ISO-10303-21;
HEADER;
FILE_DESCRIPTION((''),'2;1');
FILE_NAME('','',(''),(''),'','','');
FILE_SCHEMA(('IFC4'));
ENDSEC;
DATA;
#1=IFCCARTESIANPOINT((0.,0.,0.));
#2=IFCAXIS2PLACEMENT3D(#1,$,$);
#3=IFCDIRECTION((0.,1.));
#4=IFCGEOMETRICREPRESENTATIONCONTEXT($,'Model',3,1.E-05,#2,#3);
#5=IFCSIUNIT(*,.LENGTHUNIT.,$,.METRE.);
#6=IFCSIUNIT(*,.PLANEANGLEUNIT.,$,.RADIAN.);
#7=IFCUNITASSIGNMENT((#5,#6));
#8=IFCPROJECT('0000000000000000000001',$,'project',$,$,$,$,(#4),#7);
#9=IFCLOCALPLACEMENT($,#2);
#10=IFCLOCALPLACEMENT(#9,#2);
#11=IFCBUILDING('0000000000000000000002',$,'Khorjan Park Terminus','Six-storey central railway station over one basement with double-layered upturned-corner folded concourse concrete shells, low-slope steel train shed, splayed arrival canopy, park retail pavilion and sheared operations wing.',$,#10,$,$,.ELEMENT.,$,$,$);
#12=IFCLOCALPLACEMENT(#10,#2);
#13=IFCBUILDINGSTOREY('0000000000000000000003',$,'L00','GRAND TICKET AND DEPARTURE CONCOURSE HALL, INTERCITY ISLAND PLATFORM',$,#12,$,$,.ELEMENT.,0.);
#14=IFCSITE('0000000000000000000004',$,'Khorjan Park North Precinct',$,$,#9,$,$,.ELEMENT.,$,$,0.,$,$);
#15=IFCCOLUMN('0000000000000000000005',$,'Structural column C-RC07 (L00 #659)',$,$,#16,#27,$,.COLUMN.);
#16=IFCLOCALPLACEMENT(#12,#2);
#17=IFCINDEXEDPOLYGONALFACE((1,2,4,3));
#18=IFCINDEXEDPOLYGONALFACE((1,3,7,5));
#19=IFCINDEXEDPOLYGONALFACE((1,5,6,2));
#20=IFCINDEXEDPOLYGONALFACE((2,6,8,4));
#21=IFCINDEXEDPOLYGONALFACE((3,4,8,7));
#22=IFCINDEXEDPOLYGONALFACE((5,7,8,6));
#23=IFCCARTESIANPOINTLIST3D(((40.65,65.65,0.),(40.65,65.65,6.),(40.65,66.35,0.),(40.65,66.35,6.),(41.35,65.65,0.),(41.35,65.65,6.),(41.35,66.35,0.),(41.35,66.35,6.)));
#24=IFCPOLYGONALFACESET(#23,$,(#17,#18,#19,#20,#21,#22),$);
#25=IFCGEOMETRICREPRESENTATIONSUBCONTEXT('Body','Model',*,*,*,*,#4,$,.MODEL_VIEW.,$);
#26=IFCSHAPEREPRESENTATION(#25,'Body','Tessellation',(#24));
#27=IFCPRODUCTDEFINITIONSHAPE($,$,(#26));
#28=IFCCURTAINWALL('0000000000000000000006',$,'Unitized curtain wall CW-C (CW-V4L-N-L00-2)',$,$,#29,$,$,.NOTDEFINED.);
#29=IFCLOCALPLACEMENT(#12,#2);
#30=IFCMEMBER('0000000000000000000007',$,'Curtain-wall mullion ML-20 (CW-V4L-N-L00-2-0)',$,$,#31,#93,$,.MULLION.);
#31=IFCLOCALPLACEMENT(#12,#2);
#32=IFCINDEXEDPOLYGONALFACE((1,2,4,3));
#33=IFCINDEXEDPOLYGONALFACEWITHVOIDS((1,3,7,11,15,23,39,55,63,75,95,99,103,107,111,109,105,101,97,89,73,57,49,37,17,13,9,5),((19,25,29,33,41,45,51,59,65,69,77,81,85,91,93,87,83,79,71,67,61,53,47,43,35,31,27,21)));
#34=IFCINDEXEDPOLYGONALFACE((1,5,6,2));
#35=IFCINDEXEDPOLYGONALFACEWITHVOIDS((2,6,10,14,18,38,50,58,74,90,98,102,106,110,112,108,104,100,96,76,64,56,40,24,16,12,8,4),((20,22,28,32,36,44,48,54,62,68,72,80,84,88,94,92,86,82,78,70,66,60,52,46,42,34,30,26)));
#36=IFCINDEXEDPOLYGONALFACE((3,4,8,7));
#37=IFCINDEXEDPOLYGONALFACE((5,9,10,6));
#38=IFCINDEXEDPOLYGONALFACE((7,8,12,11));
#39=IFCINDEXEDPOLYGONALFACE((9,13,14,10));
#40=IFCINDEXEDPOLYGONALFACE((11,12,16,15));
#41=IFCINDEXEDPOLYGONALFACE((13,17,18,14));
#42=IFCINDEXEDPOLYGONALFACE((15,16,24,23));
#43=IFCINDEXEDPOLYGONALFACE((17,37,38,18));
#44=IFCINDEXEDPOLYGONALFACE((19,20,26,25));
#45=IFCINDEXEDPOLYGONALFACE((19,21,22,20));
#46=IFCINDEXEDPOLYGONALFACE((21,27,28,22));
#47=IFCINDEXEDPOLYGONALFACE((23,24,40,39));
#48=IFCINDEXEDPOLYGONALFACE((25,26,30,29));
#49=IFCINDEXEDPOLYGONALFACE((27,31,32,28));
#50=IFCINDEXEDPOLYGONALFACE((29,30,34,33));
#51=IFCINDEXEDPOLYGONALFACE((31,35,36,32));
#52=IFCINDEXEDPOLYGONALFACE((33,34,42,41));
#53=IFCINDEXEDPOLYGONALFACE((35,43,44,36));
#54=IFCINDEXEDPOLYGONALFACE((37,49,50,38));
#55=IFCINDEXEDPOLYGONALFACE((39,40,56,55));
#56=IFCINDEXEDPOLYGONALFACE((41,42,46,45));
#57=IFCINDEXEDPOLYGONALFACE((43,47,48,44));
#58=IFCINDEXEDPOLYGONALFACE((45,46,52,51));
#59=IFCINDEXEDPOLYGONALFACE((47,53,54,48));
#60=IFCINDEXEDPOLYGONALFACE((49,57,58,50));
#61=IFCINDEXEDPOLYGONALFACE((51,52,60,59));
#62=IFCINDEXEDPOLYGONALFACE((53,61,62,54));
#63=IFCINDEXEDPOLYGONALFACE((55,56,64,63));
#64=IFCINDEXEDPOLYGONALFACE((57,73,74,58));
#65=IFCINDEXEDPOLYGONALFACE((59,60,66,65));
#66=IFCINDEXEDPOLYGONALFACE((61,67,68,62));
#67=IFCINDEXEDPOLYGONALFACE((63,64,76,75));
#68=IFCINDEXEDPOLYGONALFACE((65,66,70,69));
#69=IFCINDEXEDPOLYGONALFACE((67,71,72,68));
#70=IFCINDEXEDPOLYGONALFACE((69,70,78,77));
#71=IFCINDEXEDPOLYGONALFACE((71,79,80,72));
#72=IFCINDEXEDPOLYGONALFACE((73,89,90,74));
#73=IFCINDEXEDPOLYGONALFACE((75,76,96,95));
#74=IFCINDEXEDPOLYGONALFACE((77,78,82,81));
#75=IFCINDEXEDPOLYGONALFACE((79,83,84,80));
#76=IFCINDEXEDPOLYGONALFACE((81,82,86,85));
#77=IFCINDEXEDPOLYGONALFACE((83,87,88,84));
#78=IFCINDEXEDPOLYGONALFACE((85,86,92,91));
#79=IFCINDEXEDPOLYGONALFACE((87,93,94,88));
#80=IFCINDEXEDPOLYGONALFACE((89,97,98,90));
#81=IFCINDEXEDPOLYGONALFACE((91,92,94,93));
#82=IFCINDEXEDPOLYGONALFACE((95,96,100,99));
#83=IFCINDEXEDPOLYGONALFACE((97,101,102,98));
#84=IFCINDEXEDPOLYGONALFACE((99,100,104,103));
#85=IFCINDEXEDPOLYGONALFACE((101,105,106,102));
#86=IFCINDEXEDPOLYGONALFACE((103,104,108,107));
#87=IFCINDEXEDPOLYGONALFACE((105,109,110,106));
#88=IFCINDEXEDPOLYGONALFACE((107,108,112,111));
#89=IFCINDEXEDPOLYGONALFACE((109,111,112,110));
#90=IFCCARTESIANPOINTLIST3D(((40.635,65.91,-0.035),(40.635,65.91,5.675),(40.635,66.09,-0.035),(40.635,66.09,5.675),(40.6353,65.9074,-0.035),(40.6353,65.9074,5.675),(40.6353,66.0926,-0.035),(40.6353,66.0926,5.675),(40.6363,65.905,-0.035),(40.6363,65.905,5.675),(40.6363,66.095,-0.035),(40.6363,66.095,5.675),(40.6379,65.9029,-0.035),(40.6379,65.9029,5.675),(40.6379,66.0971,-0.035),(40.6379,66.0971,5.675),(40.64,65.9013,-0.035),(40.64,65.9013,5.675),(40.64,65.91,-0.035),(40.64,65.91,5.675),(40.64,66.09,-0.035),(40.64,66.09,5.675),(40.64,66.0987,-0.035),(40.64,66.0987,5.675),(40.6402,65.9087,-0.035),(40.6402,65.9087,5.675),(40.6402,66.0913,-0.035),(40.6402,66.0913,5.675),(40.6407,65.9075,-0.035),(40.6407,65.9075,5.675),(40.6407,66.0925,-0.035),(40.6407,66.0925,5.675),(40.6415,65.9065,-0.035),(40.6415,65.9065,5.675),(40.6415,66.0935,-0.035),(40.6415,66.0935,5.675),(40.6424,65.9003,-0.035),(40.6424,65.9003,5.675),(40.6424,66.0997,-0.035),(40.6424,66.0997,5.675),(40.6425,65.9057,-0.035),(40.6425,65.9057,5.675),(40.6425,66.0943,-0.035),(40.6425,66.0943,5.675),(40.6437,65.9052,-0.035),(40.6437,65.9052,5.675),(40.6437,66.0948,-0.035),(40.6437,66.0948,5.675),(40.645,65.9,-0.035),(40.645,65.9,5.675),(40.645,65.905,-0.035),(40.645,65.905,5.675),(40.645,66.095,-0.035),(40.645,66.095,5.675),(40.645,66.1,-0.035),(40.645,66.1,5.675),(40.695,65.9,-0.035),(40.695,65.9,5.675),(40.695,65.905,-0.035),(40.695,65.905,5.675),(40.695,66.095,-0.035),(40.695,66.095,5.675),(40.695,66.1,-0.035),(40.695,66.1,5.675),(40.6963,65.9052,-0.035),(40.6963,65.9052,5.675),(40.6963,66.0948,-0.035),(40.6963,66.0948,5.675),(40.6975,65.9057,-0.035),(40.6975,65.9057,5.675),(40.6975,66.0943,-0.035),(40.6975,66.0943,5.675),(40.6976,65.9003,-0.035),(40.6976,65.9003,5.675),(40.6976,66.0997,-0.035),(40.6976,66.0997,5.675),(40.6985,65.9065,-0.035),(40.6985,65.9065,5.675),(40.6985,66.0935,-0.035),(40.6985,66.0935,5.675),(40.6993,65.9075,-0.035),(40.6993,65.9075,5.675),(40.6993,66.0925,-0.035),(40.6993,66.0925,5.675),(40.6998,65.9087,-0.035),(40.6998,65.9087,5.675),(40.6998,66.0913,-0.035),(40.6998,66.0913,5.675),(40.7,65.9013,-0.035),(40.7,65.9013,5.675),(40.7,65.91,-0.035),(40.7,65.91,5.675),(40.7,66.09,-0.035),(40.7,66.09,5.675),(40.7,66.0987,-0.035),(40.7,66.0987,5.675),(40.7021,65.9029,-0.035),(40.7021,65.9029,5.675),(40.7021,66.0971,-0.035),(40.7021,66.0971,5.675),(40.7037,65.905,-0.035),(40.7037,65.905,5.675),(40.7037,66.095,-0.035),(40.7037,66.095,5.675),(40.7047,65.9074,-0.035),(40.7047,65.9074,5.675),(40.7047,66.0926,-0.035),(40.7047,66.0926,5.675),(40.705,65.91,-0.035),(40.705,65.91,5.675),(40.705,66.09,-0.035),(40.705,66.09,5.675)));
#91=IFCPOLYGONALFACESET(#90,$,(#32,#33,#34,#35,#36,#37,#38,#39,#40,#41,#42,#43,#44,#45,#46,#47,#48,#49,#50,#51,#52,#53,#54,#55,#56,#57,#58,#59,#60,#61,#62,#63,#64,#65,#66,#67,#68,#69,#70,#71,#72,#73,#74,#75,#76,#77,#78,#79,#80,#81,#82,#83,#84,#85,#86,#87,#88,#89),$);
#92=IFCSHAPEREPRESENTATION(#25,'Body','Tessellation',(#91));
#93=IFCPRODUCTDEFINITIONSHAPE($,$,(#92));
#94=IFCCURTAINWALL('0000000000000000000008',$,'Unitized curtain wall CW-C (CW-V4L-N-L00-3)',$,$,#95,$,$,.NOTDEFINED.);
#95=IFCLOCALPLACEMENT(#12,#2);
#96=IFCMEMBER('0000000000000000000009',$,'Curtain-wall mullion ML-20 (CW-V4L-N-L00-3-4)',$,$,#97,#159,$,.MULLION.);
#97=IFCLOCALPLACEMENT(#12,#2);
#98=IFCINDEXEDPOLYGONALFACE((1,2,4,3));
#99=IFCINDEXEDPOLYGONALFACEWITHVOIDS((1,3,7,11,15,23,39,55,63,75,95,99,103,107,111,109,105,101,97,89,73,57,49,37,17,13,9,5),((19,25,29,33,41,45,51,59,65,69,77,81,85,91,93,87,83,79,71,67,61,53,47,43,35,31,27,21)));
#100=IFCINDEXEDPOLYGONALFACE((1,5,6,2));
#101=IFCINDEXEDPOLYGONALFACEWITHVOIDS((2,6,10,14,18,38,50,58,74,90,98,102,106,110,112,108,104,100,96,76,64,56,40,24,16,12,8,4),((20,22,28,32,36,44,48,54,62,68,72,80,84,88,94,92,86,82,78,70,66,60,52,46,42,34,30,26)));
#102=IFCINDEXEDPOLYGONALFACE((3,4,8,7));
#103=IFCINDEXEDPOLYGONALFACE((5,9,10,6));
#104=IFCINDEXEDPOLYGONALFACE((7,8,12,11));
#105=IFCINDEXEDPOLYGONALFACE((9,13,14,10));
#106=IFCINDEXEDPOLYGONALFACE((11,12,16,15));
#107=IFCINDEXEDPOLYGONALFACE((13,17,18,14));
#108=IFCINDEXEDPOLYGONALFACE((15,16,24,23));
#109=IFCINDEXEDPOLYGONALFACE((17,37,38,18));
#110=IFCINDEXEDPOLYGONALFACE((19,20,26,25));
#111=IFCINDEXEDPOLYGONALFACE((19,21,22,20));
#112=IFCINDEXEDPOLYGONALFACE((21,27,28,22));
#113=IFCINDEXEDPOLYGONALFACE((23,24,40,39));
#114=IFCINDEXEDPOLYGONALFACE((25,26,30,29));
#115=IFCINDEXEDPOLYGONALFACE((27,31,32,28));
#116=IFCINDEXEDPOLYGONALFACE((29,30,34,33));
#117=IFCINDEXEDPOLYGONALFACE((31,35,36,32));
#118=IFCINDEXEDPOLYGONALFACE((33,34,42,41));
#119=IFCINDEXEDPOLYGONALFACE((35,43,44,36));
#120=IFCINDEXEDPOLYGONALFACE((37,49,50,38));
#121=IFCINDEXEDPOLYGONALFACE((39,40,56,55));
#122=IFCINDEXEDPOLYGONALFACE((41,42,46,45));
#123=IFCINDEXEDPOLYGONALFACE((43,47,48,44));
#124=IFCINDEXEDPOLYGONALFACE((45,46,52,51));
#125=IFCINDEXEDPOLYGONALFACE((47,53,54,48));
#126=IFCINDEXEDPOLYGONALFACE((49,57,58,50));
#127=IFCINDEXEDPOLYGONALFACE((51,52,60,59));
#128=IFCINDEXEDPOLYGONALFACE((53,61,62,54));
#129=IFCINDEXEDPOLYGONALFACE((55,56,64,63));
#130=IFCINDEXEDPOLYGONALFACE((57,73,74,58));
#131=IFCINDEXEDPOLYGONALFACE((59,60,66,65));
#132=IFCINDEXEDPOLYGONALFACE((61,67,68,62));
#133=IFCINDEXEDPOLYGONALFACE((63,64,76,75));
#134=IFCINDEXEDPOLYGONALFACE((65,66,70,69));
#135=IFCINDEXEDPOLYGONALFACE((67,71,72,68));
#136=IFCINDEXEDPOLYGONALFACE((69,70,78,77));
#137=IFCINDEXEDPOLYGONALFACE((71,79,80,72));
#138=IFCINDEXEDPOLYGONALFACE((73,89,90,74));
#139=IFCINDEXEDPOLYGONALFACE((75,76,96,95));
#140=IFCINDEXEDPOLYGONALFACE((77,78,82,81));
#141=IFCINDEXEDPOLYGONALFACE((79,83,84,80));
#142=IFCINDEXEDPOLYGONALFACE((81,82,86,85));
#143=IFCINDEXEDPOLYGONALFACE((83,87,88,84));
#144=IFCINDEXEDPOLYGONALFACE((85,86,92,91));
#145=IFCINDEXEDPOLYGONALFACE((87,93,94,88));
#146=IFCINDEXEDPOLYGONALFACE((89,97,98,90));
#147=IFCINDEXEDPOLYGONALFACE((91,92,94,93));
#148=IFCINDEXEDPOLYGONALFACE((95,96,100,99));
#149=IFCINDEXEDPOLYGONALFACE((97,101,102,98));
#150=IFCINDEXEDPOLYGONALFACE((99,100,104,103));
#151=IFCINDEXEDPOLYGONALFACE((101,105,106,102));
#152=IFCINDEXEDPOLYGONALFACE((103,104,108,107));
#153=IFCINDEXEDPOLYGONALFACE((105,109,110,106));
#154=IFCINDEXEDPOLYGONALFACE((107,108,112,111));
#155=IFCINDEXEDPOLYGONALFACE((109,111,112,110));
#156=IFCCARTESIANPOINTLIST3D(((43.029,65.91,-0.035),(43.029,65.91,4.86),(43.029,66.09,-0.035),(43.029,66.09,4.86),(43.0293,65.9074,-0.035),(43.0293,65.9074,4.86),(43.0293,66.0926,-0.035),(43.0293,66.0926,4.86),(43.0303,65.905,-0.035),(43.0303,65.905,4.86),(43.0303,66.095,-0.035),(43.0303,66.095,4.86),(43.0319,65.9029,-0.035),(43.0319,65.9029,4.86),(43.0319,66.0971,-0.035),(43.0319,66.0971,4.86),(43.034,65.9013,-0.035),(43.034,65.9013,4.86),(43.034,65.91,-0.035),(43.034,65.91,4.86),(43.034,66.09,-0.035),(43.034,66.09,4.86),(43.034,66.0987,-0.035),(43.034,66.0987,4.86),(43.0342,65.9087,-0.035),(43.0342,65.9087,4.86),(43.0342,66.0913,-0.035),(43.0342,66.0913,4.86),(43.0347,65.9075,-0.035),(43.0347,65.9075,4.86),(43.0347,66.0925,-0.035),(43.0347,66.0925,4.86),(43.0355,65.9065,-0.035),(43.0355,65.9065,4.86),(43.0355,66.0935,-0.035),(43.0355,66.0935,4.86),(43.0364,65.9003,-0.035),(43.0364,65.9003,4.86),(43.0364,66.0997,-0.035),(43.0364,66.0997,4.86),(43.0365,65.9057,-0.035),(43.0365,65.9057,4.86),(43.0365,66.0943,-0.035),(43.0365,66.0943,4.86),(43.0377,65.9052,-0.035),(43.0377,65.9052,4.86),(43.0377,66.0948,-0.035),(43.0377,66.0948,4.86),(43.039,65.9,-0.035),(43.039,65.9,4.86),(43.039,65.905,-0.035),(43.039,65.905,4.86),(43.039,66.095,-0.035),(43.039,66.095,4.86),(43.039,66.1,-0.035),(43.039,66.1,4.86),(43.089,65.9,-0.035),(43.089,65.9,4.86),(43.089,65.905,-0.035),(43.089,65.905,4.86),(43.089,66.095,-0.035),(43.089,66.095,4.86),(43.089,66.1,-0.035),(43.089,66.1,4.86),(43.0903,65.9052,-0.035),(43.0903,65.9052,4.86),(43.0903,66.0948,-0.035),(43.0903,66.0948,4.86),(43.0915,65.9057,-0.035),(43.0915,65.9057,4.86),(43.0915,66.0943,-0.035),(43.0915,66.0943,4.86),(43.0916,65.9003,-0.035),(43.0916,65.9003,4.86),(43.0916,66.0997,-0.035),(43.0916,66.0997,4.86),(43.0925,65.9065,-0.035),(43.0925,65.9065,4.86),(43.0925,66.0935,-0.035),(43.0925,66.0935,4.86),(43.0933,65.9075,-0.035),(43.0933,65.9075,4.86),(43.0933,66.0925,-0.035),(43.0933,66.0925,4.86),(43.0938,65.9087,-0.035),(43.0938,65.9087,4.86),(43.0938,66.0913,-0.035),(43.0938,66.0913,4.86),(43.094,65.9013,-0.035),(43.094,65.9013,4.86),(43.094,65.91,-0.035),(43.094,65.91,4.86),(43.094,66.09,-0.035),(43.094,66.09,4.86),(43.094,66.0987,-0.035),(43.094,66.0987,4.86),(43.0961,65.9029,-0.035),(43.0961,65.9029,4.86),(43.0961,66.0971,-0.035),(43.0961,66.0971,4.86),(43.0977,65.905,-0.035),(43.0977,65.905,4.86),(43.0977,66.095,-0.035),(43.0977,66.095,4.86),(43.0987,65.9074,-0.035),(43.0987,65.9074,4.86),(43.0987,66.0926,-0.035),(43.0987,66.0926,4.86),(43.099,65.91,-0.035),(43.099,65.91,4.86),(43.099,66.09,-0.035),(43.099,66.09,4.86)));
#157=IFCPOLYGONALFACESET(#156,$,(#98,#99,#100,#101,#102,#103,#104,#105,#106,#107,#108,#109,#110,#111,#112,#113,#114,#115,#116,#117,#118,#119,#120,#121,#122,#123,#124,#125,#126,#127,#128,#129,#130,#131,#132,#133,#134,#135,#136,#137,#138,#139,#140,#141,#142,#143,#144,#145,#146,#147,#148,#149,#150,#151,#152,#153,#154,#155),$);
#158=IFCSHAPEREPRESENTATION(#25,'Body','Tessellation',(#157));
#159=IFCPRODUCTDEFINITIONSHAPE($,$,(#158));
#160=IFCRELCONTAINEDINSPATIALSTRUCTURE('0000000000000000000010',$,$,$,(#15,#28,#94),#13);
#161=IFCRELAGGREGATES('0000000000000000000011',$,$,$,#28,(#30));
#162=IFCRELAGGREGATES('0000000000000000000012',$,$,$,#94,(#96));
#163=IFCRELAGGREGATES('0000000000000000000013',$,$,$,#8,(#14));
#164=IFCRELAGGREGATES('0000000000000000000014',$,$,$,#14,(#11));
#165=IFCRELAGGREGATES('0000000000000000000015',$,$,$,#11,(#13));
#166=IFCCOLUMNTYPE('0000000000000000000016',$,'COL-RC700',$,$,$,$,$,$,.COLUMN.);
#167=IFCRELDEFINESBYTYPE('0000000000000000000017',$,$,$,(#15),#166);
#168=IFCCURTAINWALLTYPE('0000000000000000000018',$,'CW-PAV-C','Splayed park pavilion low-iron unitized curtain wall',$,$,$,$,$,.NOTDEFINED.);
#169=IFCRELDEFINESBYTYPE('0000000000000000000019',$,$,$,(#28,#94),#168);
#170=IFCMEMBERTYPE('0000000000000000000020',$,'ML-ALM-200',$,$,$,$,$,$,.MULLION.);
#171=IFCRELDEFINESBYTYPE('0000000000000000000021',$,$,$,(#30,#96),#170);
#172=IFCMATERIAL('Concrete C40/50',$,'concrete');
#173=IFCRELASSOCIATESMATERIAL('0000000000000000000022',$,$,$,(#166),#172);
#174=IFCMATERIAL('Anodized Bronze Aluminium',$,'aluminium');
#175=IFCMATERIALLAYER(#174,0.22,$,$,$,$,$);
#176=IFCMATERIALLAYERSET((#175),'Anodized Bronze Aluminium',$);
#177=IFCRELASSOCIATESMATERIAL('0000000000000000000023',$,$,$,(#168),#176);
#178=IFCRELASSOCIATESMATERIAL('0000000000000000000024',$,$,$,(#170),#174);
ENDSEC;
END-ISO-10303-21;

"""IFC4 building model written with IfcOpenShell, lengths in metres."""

from ifc_helpers import new_model, si_unit, direction, frame, origin, origin_2d, place, context, subcontext, project, spatial, rectangle, hollow_rectangle, extrude, material, layer, layer_set, material_profile, profile_set, type_object, element, aggregate, save


model = new_model("IFC4")

# Units and contexts
model_context = context("Model", 3, precision=1e-05, world=origin(), true_north=direction((0.0, 1.0)))
body_context = subcontext(model_context, "Body", "Model", "MODEL_VIEW")
ifc_project = project(units=[si_unit("LENGTHUNIT", "METRE"), si_unit("PLANEANGLEUNIT", "RADIAN")], contexts=[model_context])

# Site, building, storey
site_placement = place(None, origin())
site = spatial("IfcSite", under=ifc_project, at=site_placement, Name="Khorjan Park North Precinct", CompositionType="ELEMENT", RefElevation=0.0)
building_placement = place(site_placement, origin())
building = spatial("IfcBuilding", under=site, at=building_placement, Name="Khorjan Park Terminus", Description="Six-storey central railway station over one basement with double-layered upturned-corner folded concourse concrete shells, low-slope steel train shed, splayed arrival canopy, park retail pavilion and sheared operations wing.", CompositionType="ELEMENT")
storey_placement = place(building_placement, origin())
storey = spatial("IfcBuildingStorey", under=building, at=storey_placement, Name="L00", Description="GRAND TICKET AND DEPARTURE CONCOURSE HALL, INTERCITY ISLAND PLATFORM", CompositionType="ELEMENT", Elevation=0.0)

# Column
ifc_material_1 = material(Name="Concrete C40/50", Category="concrete")
ifc_material_profile_1 = material_profile(ifc_material_1, rectangle(XDim=0.7, YDim=0.7, at=origin_2d()), Name="RC 700x700")
ifc_profile_set_1 = profile_set([ifc_material_profile_1], Name="Concrete C40/50")
column_type = type_object("IfcColumnType", Name="COL-RC700", PredefinedType="COLUMN", material=ifc_profile_set_1)
column_placement = place(storey_placement, frame((41.0, 66.0, 0.0), z_axis=(0.0, 0.0, 1.0), x_axis=(1.0, 0.0, 0.0)))
element("IfcColumn", 1, at=column_placement, inside=storey, type_object=column_type, Name="Structural column C-RC07 (L00 #659)", PredefinedType="COLUMN", context=body_context, shape_type="SweptSolid", body=[
    extrude(rectangle(XDim=0.7, YDim=0.7, at=origin_2d()), origin(), (0.0, 0.0, 1.0), 6.0),
])

# Curtain wall, member
ifc_material_2 = material(Name="Anodized Bronze Aluminium", Category="aluminium")
ifc_layer_1 = layer(ifc_material_2, 0.22)
ifc_layer_set_1 = layer_set([ifc_layer_1], Name="Anodized Bronze Aluminium")
curtain_wall_type = type_object("IfcCurtainWallType", Name="CW-PAV-C", Description="Splayed park pavilion low-iron unitized curtain wall", PredefinedType="NOTDEFINED", material=ifc_layer_set_1)
curtain_wall_1_placement = place(storey_placement, origin())
curtain_wall_1 = element("IfcCurtainWall", 2, at=curtain_wall_1_placement, inside=storey, type_object=curtain_wall_type, Name="Unitized curtain wall CW-C (CW-V4L-N-L00-2)", PredefinedType="NOTDEFINED")
ifc_material_profile_2 = material_profile(ifc_material_2, hollow_rectangle(XDim=0.07, YDim=0.2, WallThickness=0.005, InnerFilletRadius=0.005, OuterFilletRadius=0.01, at=origin_2d()), Name="ALM 70x200x5")
ifc_profile_set_2 = profile_set([ifc_material_profile_2], Name="Anodized Bronze Aluminium")
member_type_1 = type_object("IfcMemberType", Name="ML-ALM-200", PredefinedType="MULLION", material=ifc_profile_set_2)
member_1_placement = place(storey_placement, frame((40.67, 66.0, -0.035), z_axis=(0.0, 0.0, 1.0), x_axis=(-1.0, 0.0, 0.0)))
member_1 = element("IfcMember", 3, at=member_1_placement, type_object=member_type_1, Name="Curtain-wall mullion ML-20 (CW-V4L-N-L00-2-0)", PredefinedType="MULLION", context=body_context, shape_type="SweptSolid", body=[
    extrude(hollow_rectangle(XDim=0.07, YDim=0.2, WallThickness=0.005, InnerFilletRadius=0.005, OuterFilletRadius=0.01, at=origin_2d()), origin(), (0.0, 0.0, 1.0), 5.71),
])

# Curtain wall, member
curtain_wall_2_placement = place(storey_placement, origin())
curtain_wall_2 = element("IfcCurtainWall", 4, at=curtain_wall_2_placement, inside=storey, type_object=curtain_wall_type, Name="Unitized curtain wall CW-C (CW-V4L-N-L00-3)", PredefinedType="NOTDEFINED")
member_2_placement = place(storey_placement, frame((43.064, 66.0, -0.035), z_axis=(0.0, 0.0, 1.0), x_axis=(-1.0, 0.0, 0.0)))
member_2 = element("IfcMember", 5, at=member_2_placement, type_object=member_type_1, Name="Curtain-wall mullion ML-20 (CW-V4L-N-L00-3-4)", PredefinedType="MULLION", context=body_context, shape_type="SweptSolid", body=[
    extrude(hollow_rectangle(XDim=0.07, YDim=0.2, WallThickness=0.005, InnerFilletRadius=0.005, OuterFilletRadius=0.01, at=origin_2d()), origin(), (0.0, 0.0, 1.0), 4.895),
])

aggregate(curtain_wall_1, [member_1])
aggregate(curtain_wall_2, [member_2])

save(model, "model.ifc")
